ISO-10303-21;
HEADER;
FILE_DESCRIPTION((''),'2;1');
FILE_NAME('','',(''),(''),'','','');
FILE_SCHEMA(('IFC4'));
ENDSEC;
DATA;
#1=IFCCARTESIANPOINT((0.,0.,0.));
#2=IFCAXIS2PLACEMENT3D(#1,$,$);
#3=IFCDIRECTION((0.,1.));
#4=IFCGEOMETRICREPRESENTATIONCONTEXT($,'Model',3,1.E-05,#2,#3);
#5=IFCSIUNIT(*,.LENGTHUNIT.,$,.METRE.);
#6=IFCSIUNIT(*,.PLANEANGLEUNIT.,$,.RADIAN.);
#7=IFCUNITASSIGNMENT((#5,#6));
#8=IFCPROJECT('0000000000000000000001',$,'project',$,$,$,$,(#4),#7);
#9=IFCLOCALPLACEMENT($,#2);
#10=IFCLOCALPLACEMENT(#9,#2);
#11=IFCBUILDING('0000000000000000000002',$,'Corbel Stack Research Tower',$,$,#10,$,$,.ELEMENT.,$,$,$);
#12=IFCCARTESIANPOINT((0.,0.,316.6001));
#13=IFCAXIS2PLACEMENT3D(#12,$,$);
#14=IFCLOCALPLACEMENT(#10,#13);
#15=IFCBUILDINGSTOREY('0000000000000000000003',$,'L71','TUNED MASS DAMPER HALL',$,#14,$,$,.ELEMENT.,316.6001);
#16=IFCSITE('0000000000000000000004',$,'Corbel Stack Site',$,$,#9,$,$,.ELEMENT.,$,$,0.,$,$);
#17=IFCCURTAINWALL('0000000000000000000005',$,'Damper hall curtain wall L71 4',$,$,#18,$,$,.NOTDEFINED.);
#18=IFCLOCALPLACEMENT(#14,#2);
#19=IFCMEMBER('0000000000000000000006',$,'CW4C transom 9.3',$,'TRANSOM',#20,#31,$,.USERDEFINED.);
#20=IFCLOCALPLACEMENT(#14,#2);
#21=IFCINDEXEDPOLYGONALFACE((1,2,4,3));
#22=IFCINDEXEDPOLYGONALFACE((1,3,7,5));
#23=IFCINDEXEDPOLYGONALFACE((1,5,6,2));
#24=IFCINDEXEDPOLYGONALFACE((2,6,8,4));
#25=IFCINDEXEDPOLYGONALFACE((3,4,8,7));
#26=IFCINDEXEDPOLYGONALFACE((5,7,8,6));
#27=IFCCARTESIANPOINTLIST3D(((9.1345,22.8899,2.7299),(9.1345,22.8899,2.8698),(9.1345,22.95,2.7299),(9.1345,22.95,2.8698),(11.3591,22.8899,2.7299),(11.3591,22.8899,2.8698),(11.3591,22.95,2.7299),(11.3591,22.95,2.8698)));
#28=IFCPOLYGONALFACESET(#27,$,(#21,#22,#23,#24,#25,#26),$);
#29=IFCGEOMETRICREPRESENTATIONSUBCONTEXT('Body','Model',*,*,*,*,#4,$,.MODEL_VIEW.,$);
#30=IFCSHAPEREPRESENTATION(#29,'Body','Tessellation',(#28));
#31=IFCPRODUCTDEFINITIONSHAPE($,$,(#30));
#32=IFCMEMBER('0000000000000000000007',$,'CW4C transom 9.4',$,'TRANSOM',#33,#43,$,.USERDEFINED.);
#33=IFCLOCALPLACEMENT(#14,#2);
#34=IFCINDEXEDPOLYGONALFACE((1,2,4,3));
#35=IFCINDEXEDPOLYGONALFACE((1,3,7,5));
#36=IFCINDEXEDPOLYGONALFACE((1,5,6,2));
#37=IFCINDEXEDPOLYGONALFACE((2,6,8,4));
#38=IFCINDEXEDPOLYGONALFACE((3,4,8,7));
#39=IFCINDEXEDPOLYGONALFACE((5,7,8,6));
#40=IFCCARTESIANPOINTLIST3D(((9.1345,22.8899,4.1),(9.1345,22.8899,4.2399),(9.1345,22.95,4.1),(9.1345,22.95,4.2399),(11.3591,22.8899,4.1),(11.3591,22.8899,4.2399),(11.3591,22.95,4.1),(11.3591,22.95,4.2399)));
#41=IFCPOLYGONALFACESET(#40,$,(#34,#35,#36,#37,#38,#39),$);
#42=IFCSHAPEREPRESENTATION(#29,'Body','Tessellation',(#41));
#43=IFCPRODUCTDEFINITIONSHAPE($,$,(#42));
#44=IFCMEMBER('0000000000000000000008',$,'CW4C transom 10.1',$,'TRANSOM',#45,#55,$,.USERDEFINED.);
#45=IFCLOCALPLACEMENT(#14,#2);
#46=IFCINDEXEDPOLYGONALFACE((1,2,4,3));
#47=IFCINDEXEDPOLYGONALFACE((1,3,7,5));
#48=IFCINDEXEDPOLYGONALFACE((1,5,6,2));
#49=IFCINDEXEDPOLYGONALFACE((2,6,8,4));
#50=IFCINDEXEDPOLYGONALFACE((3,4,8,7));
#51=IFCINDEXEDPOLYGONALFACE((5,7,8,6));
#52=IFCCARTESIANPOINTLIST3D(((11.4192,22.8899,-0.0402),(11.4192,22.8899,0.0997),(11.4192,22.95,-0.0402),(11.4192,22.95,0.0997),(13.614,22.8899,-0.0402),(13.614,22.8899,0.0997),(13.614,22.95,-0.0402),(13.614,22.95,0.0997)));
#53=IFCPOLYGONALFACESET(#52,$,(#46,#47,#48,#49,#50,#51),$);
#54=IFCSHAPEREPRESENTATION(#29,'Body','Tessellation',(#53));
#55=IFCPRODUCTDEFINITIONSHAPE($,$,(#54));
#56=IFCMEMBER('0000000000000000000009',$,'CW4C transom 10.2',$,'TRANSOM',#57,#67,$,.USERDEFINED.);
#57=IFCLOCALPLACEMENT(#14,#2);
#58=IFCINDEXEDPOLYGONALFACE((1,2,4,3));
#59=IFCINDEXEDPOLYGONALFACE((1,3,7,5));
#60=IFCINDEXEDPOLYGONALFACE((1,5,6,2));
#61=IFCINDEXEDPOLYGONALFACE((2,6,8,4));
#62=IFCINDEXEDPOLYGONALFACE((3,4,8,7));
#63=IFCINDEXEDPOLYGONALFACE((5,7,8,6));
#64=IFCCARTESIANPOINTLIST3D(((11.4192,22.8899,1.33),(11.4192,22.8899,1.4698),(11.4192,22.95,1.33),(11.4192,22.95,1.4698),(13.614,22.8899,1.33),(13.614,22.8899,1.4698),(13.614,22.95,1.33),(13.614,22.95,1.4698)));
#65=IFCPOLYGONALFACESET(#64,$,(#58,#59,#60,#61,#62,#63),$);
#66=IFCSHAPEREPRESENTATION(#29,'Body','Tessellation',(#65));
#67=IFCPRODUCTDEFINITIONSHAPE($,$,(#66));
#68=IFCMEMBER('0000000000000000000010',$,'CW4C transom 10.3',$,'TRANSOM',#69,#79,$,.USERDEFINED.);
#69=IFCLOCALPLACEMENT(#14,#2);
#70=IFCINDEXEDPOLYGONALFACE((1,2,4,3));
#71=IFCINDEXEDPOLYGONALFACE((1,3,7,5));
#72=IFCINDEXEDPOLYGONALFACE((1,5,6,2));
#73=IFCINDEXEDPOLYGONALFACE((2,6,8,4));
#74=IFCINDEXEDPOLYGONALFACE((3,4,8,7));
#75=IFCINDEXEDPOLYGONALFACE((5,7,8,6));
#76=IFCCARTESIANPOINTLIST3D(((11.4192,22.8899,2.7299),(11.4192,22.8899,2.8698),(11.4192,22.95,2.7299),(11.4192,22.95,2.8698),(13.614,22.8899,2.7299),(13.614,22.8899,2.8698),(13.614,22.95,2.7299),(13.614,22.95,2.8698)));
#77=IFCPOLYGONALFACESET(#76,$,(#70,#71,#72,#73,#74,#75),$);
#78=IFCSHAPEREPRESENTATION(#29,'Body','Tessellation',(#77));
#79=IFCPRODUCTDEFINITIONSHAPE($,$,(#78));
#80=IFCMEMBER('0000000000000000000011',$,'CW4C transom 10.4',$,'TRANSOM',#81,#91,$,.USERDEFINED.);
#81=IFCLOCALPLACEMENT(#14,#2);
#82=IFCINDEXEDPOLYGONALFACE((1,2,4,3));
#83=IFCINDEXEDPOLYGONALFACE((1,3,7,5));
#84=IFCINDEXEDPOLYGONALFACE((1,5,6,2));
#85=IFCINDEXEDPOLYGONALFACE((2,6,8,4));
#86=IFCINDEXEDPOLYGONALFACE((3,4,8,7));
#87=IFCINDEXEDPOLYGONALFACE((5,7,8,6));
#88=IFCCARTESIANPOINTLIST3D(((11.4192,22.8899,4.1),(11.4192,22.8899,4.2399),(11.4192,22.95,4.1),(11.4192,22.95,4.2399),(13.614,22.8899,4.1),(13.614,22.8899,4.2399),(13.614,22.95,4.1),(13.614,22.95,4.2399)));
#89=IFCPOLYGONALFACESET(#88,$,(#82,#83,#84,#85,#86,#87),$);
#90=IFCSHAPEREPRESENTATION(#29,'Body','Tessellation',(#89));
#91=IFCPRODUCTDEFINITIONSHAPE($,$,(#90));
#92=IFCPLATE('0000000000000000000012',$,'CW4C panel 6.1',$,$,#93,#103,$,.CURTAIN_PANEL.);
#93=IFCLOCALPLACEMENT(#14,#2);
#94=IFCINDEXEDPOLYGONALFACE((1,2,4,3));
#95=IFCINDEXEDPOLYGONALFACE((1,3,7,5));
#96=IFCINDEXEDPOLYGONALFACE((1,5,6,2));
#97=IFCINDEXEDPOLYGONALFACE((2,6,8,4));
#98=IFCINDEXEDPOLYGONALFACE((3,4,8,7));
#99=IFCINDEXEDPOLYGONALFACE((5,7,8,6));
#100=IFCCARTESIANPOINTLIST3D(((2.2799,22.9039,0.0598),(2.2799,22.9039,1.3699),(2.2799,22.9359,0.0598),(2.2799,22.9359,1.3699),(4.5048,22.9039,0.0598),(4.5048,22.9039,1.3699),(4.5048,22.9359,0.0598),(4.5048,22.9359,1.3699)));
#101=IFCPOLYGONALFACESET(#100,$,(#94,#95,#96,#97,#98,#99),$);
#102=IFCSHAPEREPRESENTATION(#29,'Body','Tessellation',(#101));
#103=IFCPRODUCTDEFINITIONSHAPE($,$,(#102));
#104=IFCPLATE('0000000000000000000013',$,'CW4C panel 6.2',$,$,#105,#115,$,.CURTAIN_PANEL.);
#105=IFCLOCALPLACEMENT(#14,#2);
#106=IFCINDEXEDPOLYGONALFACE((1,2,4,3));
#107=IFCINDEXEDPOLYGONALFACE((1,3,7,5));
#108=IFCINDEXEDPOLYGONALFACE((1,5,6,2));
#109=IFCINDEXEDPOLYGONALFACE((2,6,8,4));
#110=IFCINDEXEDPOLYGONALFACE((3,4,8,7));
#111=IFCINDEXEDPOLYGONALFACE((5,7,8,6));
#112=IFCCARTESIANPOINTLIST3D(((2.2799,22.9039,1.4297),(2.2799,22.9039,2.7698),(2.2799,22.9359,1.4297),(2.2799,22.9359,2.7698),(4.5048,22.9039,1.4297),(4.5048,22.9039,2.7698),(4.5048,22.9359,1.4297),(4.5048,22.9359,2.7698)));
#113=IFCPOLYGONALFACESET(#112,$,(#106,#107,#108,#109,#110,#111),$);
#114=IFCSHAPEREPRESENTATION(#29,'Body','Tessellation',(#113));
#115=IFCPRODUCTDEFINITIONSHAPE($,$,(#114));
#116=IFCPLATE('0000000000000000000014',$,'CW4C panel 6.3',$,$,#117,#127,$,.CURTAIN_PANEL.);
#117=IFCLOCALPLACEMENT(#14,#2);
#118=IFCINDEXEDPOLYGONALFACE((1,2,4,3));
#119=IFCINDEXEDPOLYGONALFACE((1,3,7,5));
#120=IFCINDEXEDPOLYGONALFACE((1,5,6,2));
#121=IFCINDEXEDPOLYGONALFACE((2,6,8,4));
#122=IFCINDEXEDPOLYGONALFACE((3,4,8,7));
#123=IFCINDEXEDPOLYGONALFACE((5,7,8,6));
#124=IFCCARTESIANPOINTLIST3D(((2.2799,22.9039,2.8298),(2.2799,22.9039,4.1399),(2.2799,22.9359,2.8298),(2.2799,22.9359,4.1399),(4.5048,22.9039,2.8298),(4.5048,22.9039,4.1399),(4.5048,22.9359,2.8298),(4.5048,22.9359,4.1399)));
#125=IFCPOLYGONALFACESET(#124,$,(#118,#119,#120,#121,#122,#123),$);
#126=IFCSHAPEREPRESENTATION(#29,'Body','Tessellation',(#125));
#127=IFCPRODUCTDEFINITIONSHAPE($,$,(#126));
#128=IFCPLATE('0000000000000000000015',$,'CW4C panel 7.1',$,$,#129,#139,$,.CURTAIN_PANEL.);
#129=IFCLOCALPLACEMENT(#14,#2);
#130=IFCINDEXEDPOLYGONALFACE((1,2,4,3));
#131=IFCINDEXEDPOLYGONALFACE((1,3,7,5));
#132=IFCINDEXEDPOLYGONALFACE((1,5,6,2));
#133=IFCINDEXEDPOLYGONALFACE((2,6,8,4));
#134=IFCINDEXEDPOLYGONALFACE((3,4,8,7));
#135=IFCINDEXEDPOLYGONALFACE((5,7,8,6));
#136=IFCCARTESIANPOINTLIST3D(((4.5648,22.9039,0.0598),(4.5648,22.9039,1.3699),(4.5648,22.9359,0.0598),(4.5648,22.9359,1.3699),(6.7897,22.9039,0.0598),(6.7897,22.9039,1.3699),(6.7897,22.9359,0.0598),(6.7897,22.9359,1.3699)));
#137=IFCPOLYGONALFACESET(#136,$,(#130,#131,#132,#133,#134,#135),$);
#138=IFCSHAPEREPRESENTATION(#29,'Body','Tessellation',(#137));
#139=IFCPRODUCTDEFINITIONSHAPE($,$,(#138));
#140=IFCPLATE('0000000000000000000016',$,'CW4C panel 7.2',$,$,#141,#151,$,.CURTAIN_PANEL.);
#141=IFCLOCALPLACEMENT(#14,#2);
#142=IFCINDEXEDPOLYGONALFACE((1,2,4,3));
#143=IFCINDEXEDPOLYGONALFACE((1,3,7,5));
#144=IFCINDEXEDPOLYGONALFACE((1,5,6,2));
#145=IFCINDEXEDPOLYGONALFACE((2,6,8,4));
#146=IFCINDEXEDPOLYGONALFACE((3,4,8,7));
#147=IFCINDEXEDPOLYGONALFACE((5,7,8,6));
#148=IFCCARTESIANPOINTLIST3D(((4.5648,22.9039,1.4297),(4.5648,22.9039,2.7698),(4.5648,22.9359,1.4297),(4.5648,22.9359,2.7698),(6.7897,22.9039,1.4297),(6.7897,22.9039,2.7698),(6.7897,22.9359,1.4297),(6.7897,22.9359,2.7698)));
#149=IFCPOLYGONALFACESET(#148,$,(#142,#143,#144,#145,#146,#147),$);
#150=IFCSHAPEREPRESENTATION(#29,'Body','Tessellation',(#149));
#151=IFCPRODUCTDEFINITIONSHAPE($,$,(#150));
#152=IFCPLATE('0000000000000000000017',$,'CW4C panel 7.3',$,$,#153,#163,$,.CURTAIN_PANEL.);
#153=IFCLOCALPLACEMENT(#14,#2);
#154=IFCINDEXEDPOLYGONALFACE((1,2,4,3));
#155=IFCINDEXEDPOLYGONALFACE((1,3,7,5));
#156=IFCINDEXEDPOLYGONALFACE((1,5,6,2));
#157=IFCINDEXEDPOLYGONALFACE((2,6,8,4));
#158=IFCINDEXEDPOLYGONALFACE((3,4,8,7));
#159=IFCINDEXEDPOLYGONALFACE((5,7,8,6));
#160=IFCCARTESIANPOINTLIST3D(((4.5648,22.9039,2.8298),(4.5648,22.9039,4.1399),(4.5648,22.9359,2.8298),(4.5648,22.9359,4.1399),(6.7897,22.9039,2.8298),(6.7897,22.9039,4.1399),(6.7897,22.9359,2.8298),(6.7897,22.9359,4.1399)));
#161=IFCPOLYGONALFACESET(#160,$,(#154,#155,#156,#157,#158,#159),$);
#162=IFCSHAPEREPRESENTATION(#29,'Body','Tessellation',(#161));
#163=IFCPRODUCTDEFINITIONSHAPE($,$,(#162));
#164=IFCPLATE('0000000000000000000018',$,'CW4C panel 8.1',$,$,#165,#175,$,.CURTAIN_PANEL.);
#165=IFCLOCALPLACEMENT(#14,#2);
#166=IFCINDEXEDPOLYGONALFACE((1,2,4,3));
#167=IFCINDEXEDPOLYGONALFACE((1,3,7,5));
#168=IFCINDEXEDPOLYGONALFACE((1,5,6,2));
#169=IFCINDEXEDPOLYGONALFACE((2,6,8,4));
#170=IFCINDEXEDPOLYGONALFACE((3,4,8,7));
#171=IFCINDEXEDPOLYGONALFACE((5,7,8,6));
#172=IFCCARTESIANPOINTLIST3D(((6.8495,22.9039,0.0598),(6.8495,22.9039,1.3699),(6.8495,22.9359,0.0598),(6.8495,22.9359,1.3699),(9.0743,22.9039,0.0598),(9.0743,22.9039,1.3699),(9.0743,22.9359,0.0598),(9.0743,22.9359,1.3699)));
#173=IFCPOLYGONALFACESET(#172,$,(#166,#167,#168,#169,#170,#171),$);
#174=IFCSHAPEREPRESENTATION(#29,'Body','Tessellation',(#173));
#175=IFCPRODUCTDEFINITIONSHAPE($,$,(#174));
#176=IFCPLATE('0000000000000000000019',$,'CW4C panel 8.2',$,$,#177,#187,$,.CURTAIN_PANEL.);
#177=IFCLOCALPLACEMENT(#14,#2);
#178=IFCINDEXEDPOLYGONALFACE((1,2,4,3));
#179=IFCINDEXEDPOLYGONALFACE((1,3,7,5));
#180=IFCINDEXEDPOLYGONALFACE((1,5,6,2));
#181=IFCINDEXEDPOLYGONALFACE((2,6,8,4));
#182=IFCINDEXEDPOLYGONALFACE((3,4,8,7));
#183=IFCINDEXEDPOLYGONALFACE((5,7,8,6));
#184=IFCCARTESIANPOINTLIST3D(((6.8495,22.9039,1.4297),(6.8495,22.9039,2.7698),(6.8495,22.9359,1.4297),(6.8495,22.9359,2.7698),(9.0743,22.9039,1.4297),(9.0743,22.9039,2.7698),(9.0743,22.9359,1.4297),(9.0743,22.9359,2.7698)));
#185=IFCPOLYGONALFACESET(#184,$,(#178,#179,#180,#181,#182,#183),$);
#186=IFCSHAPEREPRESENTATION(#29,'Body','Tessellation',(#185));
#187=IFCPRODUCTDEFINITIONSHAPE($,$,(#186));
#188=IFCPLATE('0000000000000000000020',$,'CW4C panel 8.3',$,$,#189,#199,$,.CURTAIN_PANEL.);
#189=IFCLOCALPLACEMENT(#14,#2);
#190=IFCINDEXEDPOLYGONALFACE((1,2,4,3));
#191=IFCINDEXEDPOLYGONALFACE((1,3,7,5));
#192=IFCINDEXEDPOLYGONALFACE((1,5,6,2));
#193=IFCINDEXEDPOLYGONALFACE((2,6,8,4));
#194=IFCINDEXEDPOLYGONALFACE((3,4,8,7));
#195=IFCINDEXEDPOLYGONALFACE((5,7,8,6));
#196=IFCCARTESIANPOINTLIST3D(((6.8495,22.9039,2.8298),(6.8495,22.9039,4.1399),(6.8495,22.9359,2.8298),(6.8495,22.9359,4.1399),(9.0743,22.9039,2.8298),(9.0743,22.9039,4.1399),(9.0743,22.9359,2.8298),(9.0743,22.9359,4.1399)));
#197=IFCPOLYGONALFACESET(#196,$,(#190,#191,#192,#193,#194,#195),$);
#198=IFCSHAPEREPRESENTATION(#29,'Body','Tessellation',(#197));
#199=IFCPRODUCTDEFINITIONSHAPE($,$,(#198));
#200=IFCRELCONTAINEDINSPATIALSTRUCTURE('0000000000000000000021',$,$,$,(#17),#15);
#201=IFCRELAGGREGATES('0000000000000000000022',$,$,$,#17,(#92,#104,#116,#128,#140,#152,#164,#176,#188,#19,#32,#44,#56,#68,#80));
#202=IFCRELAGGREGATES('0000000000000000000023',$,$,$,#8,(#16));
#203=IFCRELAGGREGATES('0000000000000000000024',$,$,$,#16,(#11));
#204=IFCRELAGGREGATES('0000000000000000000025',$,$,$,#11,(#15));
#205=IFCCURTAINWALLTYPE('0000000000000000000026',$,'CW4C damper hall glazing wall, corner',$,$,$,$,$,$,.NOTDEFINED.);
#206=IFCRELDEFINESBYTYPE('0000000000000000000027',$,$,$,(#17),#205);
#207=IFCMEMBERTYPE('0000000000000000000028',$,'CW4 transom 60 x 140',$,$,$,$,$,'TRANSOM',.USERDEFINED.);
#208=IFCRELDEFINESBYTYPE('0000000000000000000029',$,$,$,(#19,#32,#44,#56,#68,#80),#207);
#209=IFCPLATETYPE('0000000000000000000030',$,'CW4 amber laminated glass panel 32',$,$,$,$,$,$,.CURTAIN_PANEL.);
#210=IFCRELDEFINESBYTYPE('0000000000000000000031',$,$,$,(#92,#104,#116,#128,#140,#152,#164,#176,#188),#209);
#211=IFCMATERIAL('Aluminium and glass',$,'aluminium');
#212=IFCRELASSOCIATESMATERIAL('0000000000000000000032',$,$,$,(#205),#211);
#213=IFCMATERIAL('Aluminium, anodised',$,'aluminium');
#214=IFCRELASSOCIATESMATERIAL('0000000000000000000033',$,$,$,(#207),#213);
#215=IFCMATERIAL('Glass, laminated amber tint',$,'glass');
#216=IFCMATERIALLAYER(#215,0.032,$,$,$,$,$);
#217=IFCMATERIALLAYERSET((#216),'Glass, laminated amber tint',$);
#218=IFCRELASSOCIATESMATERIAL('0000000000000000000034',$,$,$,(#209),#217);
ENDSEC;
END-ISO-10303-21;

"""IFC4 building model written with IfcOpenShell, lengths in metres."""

from ifc_helpers import new_model, si_unit, direction, frame, origin, origin_2d, place, context, subcontext, project, spatial, rectangle, extrude, material, layer, layer_set, material_profile, profile_set, type_object, element, aggregate, save


model = new_model("IFC4")

# Units and contexts
model_context = context("Model", 3, precision=1e-05, world=origin(), true_north=direction((0.0, 1.0)))
body_context = subcontext(model_context, "Body", "Model", "MODEL_VIEW")
ifc_project = project(units=[si_unit("LENGTHUNIT", "METRE"), si_unit("PLANEANGLEUNIT", "RADIAN")], contexts=[model_context])

# Site, building, storey
site_placement = place(None, origin())
site = spatial("IfcSite", under=ifc_project, at=site_placement, Name="Corbel Stack Site", CompositionType="ELEMENT", RefElevation=0.0)
building_placement = place(site_placement, origin())
building = spatial("IfcBuilding", under=site, at=building_placement, Name="Corbel Stack Research Tower", CompositionType="ELEMENT")
storey_placement = place(building_placement, frame((0.0, 0.0, 316.6001)))
storey = spatial("IfcBuildingStorey", under=building, at=storey_placement, Name="L71", Description="TUNED MASS DAMPER HALL", CompositionType="ELEMENT", Elevation=316.6001)

# Curtain wall, members, plates
ifc_material_1 = material(Name="Aluminium and glass", Category="aluminium")
curtain_wall_type = type_object("IfcCurtainWallType", Name="CW4C damper hall glazing wall, corner", PredefinedType="NOTDEFINED", material=ifc_material_1)
curtain_wall_placement = place(storey_placement, origin())
curtain_wall = element("IfcCurtainWall", 1, at=curtain_wall_placement, inside=storey, type_object=curtain_wall_type, Name="Damper hall curtain wall L71 4", PredefinedType="NOTDEFINED")
ifc_material_2 = material(Name="Aluminium, anodised", Category="aluminium")
ifc_material_profile_1 = material_profile(ifc_material_2, rectangle(XDim=0.0601, YDim=0.1399, at=origin_2d()), Name="CW4 transom 60 x 140")
ifc_profile_set_1 = profile_set([ifc_material_profile_1], Name="Aluminium, anodised")
member_type_1 = type_object("IfcMemberType", Name="CW4 transom 60 x 140", ElementType="TRANSOM", PredefinedType="USERDEFINED", material=ifc_profile_set_1)
member_1_placement = place(storey_placement, frame((9.1345, 22.9199, 2.7998), z_axis=(1.0, 0.0, 0.0), x_axis=(0.0, 1.0, 0.0)))
member_1 = element("IfcMember", 2, at=member_1_placement, type_object=member_type_1, Name="CW4C transom 9.3", ObjectType="TRANSOM", PredefinedType="USERDEFINED", context=body_context, shape_type="SweptSolid", body=[
    extrude(rectangle(XDim=0.0601, YDim=0.1399, at=origin_2d()), origin(), (0.0, 0.0, 1.0), 2.2246),
])
member_2_placement = place(storey_placement, frame((9.1345, 22.9199, 4.1699), z_axis=(1.0, 0.0, 0.0), x_axis=(0.0, 1.0, 0.0)))
member_2 = element("IfcMember", 3, at=member_2_placement, type_object=member_type_1, Name="CW4C transom 9.4", ObjectType="TRANSOM", PredefinedType="USERDEFINED", context=body_context, shape_type="SweptSolid", body=[
    extrude(rectangle(XDim=0.0601, YDim=0.1399, at=origin_2d()), origin(), (0.0, 0.0, 1.0), 2.2246),
])
member_3_placement = place(storey_placement, frame((11.4192, 22.9199, 0.0298), z_axis=(1.0, 0.0, 0.0), x_axis=(0.0, 1.0, 0.0)))
member_3 = element("IfcMember", 4, at=member_3_placement, type_object=member_type_1, Name="CW4C transom 10.1", ObjectType="TRANSOM", PredefinedType="USERDEFINED", context=body_context, shape_type="SweptSolid", body=[
    extrude(rectangle(XDim=0.0601, YDim=0.1399, at=origin_2d()), origin(), (0.0, 0.0, 1.0), 2.1948),
])
member_4_placement = place(storey_placement, frame((11.4192, 22.9199, 1.3999), z_axis=(1.0, 0.0, 0.0), x_axis=(0.0, 1.0, 0.0)))
member_4 = element("IfcMember", 5, at=member_4_placement, type_object=member_type_1, Name="CW4C transom 10.2", ObjectType="TRANSOM", PredefinedType="USERDEFINED", context=body_context, shape_type="SweptSolid", body=[
    extrude(rectangle(XDim=0.0601, YDim=0.1399, at=origin_2d()), origin(), (0.0, 0.0, 1.0), 2.1948),
])
member_5_placement = place(storey_placement, frame((11.4192, 22.9199, 2.7998), z_axis=(1.0, 0.0, 0.0), x_axis=(0.0, 1.0, 0.0)))
member_5 = element("IfcMember", 6, at=member_5_placement, type_object=member_type_1, Name="CW4C transom 10.3", ObjectType="TRANSOM", PredefinedType="USERDEFINED", context=body_context, shape_type="SweptSolid", body=[
    extrude(rectangle(XDim=0.0601, YDim=0.1399, at=origin_2d()), origin(), (0.0, 0.0, 1.0), 2.1948),
])
member_6_placement = place(storey_placement, frame((11.4192, 22.9199, 4.1699), z_axis=(1.0, 0.0, 0.0), x_axis=(0.0, 1.0, 0.0)))
member_6 = element("IfcMember", 7, at=member_6_placement, type_object=member_type_1, Name="CW4C transom 10.4", ObjectType="TRANSOM", PredefinedType="USERDEFINED", context=body_context, shape_type="SweptSolid", body=[
    extrude(rectangle(XDim=0.0601, YDim=0.1399, at=origin_2d()), origin(), (0.0, 0.0, 1.0), 2.1948),
])
ifc_material_3 = material(Name="Glass, laminated amber tint", Category="glass")
ifc_layer = layer(ifc_material_3, 0.032)
ifc_layer_set = layer_set([ifc_layer], Name="Glass, laminated amber tint")
plate_type = type_object("IfcPlateType", Name="CW4 amber laminated glass panel 32", PredefinedType="CURTAIN_PANEL", material=ifc_layer_set)
plate_1_placement = place(storey_placement, frame((3.3923, 22.9199, 0.0598), z_axis=(0.0, 0.0, 1.0), x_axis=(1.0, 0.0, 0.0)))
plate_1 = element("IfcPlate", 8, at=plate_1_placement, type_object=plate_type, Name="CW4C panel 6.1", PredefinedType="CURTAIN_PANEL", context=body_context, shape_type="SweptSolid", body=[
    extrude(rectangle(XDim=2.2249, YDim=0.032, at=origin_2d()), origin(), (0.0, 0.0, 1.0), 1.3101),
])
plate_2_placement = place(storey_placement, frame((3.3923, 22.9199, 1.4297), z_axis=(0.0, 0.0, 1.0), x_axis=(1.0, 0.0, 0.0)))
plate_2 = element("IfcPlate", 9, at=plate_2_placement, type_object=plate_type, Name="CW4C panel 6.2", PredefinedType="CURTAIN_PANEL", context=body_context, shape_type="SweptSolid", body=[
    extrude(rectangle(XDim=2.2249, YDim=0.032, at=origin_2d()), origin(), (0.0, 0.0, 1.0), 1.3401),
])
plate_3_placement = place(storey_placement, frame((3.3923, 22.9199, 2.8298), z_axis=(0.0, 0.0, 1.0), x_axis=(1.0, 0.0, 0.0)))
plate_3 = element("IfcPlate", 10, at=plate_3_placement, type_object=plate_type, Name="CW4C panel 6.3", PredefinedType="CURTAIN_PANEL", context=body_context, shape_type="SweptSolid", body=[
    extrude(rectangle(XDim=2.2249, YDim=0.032, at=origin_2d()), origin(), (0.0, 0.0, 1.0), 1.3101),
])
plate_4_placement = place(storey_placement, frame((5.6772, 22.9199, 0.0598), z_axis=(0.0, 0.0, 1.0), x_axis=(1.0, 0.0, 0.0)))
plate_4 = element("IfcPlate", 11, at=plate_4_placement, type_object=plate_type, Name="CW4C panel 7.1", PredefinedType="CURTAIN_PANEL", context=body_context, shape_type="SweptSolid", body=[
    extrude(rectangle(XDim=2.2249, YDim=0.032, at=origin_2d()), origin(), (0.0, 0.0, 1.0), 1.3101),
])
plate_5_placement = place(storey_placement, frame((5.6772, 22.9199, 1.4297), z_axis=(0.0, 0.0, 1.0), x_axis=(1.0, 0.0, 0.0)))
plate_5 = element("IfcPlate", 12, at=plate_5_placement, type_object=plate_type, Name="CW4C panel 7.2", PredefinedType="CURTAIN_PANEL", context=body_context, shape_type="SweptSolid", body=[
    extrude(rectangle(XDim=2.2249, YDim=0.032, at=origin_2d()), origin(), (0.0, 0.0, 1.0), 1.3401),
])
plate_6_placement = place(storey_placement, frame((5.6772, 22.9199, 2.8298), z_axis=(0.0, 0.0, 1.0), x_axis=(1.0, 0.0, 0.0)))
plate_6 = element("IfcPlate", 13, at=plate_6_placement, type_object=plate_type, Name="CW4C panel 7.3", PredefinedType="CURTAIN_PANEL", context=body_context, shape_type="SweptSolid", body=[
    extrude(rectangle(XDim=2.2249, YDim=0.032, at=origin_2d()), origin(), (0.0, 0.0, 1.0), 1.3101),
])
plate_7_placement = place(storey_placement, frame((7.9619, 22.9199, 0.0598), z_axis=(0.0, 0.0, 1.0), x_axis=(1.0, 0.0, 0.0)))
plate_7 = element("IfcPlate", 14, at=plate_7_placement, type_object=plate_type, Name="CW4C panel 8.1", PredefinedType="CURTAIN_PANEL", context=body_context, shape_type="SweptSolid", body=[
    extrude(rectangle(XDim=2.2249, YDim=0.032, at=origin_2d()), origin(), (0.0, 0.0, 1.0), 1.3101),
])
plate_8_placement = place(storey_placement, frame((7.9619, 22.9199, 1.4297), z_axis=(0.0, 0.0, 1.0), x_axis=(1.0, 0.0, 0.0)))
plate_8 = element("IfcPlate", 15, at=plate_8_placement, type_object=plate_type, Name="CW4C panel 8.2", PredefinedType="CURTAIN_PANEL", context=body_context, shape_type="SweptSolid", body=[
    extrude(rectangle(XDim=2.2249, YDim=0.032, at=origin_2d()), origin(), (0.0, 0.0, 1.0), 1.3401),
])
plate_9_placement = place(storey_placement, frame((7.9619, 22.9199, 2.8298), z_axis=(0.0, 0.0, 1.0), x_axis=(1.0, 0.0, 0.0)))
plate_9 = element("IfcPlate", 16, at=plate_9_placement, type_object=plate_type, Name="CW4C panel 8.3", PredefinedType="CURTAIN_PANEL", context=body_context, shape_type="SweptSolid", body=[
    extrude(rectangle(XDim=2.2249, YDim=0.032, at=origin_2d()), origin(), (0.0, 0.0, 1.0), 1.3101),
])
aggregate(curtain_wall, [plate_1, plate_2, plate_3, plate_4, plate_5, plate_6, plate_7, plate_8, plate_9, member_1, member_2, member_3, member_4, member_5, member_6])

save(model, "model.ifc")
